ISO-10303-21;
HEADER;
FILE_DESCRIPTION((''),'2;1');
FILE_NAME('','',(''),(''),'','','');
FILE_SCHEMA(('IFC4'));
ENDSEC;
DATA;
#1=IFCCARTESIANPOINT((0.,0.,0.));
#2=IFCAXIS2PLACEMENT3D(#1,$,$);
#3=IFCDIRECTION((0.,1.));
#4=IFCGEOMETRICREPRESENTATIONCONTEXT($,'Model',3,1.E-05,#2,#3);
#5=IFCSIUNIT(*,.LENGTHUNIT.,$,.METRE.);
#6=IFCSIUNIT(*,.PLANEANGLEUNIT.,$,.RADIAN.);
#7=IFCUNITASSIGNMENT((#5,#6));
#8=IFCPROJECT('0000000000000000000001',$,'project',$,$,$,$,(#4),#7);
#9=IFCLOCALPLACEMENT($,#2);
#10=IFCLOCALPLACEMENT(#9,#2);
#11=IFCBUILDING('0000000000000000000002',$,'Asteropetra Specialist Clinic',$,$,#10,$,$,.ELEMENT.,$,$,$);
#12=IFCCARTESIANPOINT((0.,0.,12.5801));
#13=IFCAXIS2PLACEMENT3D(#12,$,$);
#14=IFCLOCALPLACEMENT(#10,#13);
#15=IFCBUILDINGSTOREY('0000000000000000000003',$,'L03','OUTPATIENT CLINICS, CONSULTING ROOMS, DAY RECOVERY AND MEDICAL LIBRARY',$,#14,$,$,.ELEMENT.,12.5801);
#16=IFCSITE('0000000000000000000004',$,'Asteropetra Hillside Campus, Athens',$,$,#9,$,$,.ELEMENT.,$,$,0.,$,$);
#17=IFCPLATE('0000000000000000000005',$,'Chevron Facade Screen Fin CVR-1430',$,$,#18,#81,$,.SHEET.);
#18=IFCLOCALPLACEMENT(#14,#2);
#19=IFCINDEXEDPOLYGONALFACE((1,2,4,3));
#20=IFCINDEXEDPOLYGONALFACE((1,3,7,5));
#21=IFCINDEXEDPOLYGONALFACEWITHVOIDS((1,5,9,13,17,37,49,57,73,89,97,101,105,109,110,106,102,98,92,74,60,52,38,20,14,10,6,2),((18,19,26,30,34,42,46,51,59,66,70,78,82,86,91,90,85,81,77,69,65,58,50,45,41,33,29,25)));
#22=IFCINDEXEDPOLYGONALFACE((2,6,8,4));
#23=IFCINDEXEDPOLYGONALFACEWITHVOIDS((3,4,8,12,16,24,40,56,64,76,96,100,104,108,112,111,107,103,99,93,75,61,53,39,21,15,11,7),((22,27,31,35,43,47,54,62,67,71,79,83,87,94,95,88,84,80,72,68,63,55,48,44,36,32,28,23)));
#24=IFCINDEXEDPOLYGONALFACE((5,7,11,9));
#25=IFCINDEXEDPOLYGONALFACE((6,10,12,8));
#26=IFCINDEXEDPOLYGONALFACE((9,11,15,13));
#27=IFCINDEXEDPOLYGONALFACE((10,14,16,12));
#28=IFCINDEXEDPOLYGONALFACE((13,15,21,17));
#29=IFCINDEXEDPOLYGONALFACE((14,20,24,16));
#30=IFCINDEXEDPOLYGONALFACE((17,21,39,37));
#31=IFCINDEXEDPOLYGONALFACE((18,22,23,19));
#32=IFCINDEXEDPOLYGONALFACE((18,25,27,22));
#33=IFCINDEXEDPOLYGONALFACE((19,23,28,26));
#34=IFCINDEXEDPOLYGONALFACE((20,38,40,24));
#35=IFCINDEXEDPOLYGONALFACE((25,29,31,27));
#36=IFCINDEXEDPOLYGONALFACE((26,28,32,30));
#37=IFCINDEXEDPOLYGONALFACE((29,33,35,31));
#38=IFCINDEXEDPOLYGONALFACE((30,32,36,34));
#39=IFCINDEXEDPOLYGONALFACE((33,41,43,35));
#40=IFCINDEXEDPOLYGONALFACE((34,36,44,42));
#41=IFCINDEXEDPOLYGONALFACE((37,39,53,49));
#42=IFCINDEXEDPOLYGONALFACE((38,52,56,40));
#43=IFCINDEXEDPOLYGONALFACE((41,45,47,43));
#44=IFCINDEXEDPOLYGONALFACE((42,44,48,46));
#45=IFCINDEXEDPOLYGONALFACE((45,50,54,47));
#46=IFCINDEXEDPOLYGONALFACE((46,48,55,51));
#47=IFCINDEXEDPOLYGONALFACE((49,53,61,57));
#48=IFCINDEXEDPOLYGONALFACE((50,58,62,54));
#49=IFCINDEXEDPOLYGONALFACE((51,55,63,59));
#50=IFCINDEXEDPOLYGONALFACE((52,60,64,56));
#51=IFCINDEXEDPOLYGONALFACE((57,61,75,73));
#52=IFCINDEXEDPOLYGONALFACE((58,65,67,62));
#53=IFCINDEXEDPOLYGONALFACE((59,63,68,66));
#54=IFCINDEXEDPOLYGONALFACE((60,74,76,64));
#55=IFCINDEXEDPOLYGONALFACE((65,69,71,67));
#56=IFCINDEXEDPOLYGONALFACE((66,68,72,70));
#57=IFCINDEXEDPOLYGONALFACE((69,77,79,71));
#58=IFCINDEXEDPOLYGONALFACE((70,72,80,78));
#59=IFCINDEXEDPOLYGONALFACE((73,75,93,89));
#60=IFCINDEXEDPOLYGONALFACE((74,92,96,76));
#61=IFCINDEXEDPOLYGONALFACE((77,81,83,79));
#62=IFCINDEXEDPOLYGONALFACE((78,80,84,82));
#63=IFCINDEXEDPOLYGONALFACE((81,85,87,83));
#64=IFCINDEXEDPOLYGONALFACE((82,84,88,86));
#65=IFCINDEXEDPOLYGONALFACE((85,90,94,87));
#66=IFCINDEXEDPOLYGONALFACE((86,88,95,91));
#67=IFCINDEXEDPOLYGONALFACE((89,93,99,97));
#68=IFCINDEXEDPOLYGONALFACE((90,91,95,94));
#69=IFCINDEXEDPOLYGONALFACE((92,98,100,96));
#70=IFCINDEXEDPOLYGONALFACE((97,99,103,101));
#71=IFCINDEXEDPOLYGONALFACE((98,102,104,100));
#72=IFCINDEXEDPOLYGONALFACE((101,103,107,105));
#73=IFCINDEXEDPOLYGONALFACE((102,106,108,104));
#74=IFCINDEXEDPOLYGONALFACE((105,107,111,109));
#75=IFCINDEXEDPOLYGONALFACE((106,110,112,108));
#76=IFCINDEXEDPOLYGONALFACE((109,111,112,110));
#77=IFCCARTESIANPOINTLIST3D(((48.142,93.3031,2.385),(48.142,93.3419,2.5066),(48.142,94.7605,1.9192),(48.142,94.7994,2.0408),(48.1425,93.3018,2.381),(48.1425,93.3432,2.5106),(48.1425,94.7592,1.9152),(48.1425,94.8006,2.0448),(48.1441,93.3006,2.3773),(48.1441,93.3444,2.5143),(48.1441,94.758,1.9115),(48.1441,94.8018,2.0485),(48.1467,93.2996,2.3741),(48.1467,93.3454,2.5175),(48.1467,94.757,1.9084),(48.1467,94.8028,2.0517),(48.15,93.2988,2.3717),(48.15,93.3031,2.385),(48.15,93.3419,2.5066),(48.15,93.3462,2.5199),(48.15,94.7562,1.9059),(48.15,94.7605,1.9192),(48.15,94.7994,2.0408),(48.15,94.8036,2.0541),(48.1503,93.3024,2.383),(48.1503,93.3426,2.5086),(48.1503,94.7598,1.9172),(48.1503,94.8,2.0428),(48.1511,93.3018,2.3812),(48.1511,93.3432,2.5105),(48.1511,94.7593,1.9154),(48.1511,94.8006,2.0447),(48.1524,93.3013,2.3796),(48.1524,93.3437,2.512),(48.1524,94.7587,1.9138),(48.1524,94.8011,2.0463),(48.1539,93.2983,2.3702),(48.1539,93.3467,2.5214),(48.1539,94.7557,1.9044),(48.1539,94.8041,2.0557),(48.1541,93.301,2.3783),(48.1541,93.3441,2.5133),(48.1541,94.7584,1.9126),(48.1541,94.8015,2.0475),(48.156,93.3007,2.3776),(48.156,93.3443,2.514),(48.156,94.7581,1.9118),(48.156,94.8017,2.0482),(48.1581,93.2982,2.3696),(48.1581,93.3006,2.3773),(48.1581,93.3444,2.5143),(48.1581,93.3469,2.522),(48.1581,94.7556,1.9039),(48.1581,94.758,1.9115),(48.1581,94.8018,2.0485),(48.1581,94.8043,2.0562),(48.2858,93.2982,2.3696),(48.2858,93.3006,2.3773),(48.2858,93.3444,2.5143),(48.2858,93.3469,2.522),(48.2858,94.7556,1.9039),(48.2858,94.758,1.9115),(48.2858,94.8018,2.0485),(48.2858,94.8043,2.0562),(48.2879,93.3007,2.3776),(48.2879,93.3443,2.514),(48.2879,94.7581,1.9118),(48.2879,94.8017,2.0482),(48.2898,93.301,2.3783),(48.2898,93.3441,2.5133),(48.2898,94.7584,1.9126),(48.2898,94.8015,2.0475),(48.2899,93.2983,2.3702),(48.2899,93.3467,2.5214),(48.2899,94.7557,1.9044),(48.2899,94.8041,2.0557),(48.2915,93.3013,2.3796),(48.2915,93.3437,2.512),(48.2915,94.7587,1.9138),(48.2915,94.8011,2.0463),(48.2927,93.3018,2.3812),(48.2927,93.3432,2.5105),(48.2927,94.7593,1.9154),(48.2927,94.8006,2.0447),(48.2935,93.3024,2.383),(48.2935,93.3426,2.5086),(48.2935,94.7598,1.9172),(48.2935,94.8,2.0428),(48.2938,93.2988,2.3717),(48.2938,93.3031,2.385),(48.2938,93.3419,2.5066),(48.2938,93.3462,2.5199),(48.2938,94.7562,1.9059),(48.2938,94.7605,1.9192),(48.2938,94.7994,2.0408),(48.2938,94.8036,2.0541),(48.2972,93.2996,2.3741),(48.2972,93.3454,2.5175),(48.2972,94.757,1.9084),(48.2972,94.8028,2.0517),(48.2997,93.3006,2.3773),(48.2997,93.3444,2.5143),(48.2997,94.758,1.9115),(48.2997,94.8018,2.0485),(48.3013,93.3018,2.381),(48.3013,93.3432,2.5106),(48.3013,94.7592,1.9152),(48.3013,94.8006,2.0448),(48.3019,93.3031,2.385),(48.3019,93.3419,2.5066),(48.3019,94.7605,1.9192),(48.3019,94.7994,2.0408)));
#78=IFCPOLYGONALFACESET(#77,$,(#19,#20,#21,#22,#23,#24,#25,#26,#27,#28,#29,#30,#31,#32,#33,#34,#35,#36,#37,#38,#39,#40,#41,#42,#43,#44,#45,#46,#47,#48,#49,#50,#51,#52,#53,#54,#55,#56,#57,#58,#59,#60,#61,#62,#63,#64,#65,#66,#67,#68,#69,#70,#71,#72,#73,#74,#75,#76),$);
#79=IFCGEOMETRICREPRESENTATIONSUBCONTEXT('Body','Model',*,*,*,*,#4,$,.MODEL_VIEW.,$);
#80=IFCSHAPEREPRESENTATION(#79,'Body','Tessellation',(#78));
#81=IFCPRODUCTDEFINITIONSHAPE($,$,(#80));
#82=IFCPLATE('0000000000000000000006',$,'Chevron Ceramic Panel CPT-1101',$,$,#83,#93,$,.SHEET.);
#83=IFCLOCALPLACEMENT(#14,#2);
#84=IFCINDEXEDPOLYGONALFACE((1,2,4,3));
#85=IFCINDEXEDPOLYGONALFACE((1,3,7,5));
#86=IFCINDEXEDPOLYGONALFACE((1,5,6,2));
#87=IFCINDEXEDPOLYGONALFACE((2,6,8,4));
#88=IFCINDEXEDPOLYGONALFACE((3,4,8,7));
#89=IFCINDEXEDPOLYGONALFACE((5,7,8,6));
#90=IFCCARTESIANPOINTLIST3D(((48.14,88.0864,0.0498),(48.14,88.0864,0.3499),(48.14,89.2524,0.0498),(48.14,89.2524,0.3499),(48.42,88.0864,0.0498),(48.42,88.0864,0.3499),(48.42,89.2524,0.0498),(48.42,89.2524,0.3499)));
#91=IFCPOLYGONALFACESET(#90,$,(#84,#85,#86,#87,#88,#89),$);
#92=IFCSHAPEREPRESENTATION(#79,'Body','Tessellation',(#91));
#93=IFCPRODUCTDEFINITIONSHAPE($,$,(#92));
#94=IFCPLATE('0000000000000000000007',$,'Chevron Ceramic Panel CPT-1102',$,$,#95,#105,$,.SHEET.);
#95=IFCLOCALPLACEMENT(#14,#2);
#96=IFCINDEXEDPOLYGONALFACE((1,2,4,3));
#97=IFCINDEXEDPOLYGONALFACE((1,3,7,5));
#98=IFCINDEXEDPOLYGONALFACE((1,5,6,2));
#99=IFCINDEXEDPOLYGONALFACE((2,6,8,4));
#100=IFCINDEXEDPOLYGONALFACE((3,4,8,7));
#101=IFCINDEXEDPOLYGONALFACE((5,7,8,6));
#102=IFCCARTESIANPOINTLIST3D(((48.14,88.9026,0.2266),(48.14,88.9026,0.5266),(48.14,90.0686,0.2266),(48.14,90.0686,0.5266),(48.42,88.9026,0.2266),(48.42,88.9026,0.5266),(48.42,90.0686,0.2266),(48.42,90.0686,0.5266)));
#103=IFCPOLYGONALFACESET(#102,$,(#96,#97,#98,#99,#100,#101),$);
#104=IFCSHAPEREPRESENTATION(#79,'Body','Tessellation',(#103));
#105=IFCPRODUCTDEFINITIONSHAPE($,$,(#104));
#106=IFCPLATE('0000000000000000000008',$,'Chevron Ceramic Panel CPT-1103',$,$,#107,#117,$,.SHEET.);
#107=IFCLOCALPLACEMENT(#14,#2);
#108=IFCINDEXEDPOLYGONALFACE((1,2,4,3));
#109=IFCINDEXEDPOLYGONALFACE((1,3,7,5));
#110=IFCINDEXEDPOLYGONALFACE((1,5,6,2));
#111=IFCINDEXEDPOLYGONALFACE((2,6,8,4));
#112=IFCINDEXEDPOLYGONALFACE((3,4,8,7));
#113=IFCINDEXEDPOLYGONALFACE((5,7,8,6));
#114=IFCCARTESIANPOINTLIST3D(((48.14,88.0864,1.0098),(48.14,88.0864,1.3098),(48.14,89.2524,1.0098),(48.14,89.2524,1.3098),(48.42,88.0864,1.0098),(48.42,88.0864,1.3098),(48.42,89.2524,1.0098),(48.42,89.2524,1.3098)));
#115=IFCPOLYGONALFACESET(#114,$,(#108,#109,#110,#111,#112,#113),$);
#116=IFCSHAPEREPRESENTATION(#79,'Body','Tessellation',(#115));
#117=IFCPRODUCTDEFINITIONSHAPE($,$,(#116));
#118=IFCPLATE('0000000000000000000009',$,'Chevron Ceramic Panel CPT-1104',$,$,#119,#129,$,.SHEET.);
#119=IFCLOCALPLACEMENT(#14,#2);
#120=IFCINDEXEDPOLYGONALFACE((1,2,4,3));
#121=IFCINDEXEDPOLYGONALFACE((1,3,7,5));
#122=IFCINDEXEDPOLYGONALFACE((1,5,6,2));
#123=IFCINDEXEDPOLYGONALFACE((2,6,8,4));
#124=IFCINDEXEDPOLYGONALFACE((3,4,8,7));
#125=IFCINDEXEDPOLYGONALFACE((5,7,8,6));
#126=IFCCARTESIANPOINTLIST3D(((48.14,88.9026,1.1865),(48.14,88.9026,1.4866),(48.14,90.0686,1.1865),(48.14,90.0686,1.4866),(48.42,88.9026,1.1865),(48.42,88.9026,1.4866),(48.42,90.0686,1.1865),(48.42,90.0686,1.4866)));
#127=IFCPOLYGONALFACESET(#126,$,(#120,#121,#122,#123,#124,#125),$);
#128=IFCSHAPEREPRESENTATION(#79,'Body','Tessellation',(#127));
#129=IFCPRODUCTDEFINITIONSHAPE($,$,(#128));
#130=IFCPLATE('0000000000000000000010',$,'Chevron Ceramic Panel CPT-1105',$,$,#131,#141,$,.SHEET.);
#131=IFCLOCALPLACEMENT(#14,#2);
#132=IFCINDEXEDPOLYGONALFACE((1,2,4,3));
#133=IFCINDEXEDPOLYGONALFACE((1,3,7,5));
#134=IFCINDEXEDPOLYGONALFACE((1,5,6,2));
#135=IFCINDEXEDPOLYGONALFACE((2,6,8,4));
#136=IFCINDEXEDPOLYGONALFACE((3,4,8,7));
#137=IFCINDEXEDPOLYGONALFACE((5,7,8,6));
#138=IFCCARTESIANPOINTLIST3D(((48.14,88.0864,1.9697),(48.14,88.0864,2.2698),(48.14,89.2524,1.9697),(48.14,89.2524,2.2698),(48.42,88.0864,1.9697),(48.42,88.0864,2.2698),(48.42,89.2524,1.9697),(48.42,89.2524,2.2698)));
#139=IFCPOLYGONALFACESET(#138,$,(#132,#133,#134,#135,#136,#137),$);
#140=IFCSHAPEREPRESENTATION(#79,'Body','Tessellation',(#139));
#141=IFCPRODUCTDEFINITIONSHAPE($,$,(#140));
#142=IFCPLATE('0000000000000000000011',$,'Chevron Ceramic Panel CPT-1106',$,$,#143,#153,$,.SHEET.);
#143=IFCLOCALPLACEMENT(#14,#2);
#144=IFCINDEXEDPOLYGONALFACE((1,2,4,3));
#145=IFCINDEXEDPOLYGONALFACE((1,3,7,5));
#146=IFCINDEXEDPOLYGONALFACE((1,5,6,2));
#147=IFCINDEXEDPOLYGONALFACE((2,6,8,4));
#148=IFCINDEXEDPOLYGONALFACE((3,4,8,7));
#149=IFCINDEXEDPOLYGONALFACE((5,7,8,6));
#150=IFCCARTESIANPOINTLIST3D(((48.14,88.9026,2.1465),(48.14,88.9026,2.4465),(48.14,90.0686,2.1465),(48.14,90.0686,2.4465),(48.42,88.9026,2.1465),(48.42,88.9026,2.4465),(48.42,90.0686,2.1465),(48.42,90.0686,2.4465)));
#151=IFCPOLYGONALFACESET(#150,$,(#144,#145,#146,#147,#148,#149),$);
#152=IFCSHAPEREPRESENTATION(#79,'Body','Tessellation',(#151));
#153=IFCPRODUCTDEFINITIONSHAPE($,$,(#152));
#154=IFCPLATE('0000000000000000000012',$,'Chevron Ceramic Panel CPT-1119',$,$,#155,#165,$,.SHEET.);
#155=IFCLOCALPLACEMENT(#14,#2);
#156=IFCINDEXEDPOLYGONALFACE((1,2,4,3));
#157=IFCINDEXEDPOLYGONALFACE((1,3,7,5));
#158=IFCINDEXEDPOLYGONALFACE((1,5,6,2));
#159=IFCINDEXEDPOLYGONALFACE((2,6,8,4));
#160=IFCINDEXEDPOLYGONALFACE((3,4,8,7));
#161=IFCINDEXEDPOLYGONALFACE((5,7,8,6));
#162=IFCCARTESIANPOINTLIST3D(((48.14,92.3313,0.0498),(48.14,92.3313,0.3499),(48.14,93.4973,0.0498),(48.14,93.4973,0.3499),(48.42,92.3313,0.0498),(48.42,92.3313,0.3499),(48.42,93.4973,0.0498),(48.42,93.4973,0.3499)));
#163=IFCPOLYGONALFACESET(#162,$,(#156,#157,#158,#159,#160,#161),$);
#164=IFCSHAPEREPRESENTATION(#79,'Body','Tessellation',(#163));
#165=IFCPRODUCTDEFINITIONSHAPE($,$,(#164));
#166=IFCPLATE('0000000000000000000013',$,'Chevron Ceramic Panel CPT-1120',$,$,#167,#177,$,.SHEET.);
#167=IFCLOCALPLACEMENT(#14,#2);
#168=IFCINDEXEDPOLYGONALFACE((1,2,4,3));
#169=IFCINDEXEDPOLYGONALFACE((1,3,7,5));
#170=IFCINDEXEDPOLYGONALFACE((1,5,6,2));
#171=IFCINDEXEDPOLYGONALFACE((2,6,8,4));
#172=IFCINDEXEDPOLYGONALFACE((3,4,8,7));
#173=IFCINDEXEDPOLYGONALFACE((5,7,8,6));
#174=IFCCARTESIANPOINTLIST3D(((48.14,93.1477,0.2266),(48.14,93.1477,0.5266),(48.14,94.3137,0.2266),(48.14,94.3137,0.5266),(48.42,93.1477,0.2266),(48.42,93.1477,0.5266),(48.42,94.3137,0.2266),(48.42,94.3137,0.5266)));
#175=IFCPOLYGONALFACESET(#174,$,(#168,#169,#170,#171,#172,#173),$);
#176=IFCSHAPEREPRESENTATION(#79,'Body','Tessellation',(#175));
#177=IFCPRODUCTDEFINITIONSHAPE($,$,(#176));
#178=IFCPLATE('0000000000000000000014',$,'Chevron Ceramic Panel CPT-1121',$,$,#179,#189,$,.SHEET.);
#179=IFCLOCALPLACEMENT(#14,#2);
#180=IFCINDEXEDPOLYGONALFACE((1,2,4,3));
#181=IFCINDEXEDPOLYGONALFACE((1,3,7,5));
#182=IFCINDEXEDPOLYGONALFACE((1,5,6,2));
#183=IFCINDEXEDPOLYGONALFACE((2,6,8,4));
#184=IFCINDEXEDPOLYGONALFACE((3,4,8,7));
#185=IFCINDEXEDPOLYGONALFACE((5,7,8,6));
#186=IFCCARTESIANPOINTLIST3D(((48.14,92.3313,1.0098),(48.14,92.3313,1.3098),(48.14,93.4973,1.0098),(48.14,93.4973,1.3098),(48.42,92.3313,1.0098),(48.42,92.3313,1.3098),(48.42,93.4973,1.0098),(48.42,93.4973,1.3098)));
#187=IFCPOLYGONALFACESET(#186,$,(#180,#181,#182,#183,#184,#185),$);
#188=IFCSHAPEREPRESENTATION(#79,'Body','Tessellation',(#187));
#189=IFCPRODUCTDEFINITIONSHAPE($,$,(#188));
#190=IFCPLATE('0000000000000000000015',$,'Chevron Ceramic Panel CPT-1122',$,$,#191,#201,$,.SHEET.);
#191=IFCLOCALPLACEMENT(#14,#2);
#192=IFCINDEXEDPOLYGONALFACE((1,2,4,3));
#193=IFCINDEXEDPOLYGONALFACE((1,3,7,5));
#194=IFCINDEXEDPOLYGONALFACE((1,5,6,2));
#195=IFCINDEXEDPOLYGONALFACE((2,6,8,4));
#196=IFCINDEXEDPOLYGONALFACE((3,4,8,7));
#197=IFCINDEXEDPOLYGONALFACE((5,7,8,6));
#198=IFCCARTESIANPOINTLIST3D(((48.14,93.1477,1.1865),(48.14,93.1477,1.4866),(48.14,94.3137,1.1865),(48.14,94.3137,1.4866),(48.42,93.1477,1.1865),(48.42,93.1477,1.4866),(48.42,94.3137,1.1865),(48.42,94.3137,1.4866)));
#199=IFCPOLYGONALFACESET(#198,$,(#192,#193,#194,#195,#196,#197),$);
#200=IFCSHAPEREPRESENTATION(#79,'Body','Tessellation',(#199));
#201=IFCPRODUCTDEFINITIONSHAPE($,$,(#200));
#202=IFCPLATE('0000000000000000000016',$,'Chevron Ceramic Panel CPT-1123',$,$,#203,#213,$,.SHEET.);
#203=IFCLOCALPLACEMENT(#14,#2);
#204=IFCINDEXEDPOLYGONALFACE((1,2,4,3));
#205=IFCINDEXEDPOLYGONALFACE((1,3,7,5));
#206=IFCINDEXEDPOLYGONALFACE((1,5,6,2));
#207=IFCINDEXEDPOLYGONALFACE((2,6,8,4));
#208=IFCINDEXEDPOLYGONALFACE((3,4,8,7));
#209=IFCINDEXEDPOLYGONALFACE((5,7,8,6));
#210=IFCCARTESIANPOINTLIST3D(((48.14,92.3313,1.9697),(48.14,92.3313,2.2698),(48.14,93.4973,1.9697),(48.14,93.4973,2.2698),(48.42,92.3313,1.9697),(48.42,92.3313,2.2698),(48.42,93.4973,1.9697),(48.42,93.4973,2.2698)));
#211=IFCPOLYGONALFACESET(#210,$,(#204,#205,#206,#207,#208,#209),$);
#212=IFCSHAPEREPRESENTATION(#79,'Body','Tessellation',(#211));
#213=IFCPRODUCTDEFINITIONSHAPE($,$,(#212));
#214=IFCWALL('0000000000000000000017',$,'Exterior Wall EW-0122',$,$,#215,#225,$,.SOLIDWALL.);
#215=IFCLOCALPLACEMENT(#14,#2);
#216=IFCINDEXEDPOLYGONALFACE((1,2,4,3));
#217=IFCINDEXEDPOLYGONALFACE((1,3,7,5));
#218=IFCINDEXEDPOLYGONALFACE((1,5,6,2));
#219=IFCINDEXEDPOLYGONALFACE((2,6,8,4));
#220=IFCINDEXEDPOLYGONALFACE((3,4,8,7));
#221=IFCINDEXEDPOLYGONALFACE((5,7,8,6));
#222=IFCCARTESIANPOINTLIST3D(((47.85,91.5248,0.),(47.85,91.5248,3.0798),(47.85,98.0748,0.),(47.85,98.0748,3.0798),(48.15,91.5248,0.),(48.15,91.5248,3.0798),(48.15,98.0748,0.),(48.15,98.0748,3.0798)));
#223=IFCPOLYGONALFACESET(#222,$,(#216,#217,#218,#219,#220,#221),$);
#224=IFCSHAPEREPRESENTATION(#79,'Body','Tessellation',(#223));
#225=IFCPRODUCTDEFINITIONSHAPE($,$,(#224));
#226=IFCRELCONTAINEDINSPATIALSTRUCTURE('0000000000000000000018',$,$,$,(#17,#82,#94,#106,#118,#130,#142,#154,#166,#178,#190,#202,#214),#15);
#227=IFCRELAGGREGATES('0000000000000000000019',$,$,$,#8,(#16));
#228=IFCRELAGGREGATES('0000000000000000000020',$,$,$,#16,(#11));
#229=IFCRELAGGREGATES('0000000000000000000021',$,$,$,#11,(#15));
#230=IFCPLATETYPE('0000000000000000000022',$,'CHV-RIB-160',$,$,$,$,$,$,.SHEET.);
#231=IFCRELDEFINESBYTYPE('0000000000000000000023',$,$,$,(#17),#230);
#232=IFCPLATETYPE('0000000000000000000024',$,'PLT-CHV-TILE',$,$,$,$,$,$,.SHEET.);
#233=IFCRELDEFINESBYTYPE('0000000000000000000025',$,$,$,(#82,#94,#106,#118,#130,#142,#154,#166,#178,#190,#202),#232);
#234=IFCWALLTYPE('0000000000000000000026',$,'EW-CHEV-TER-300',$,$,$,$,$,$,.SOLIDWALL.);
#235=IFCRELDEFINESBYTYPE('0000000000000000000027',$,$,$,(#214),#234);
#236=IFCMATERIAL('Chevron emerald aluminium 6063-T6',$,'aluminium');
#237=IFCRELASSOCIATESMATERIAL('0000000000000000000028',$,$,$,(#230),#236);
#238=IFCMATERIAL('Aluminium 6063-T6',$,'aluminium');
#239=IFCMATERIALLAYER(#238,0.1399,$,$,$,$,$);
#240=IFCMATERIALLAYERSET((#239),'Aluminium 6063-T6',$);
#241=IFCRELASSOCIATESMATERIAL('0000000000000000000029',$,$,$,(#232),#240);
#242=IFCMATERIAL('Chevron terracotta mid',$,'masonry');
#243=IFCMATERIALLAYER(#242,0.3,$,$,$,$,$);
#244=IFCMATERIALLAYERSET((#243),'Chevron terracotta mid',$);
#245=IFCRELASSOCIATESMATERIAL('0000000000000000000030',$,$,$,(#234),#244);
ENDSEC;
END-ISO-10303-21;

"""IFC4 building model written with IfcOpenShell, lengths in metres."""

from ifc_helpers import new_model, si_unit, direction, frame, frame_2d, origin, origin_2d, place, context, subcontext, project, spatial, rectangle, hollow_rectangle, extrude, material, layer, layer_set, material_profile, profile_set, type_object, element, save


model = new_model("IFC4")

# Units and contexts
model_context = context("Model", 3, precision=1e-05, world=origin(), true_north=direction((0.0, 1.0)))
body_context = subcontext(model_context, "Body", "Model", "MODEL_VIEW")
ifc_project = project(units=[si_unit("LENGTHUNIT", "METRE"), si_unit("PLANEANGLEUNIT", "RADIAN")], contexts=[model_context])

# Site, building, storey
site_placement = place(None, origin())
site = spatial("IfcSite", under=ifc_project, at=site_placement, Name="Asteropetra Hillside Campus, Athens", CompositionType="ELEMENT", RefElevation=0.0)
building_placement = place(site_placement, origin())
building = spatial("IfcBuilding", under=site, at=building_placement, Name="Asteropetra Specialist Clinic", CompositionType="ELEMENT")
storey_placement = place(building_placement, frame((0.0, 0.0, 12.5801)))
storey = spatial("IfcBuildingStorey", under=building, at=storey_placement, Name="L03", Description="OUTPATIENT CLINICS, CONSULTING ROOMS, DAY RECOVERY AND MEDICAL LIBRARY", CompositionType="ELEMENT", Elevation=12.5801)

# Plates
ifc_material_1 = material(Name="Chevron emerald aluminium 6063-T6", Category="aluminium")
ifc_material_profile_1 = material_profile(ifc_material_1, hollow_rectangle(XDim=0.1599, YDim=0.1599, WallThickness=0.0081, InnerFilletRadius=0.0081, OuterFilletRadius=0.0161, at=origin_2d()), Name="SHS 160x160x8.0")
ifc_profile_set_1 = profile_set([ifc_material_profile_1], Name="Chevron emerald aluminium 6063-T6")
plate_type_1 = type_object("IfcPlateType", Name="CHV-RIB-160", PredefinedType="SHEET", material=ifc_profile_set_1)
for number, where, z_axis, x_axis, name in (
    (1, (48.2219, 93.3225, 2.4458), (0.0, 0.952535, -0.304428), (-1.0, 0.0, 0.0), "Chevron Facade Screen Fin CVR-1430"),
):
    element("IfcPlate", number, at=place(storey_placement, frame(where, z_axis=z_axis, x_axis=x_axis)), inside=storey, type_object=plate_type_1, Name=name, PredefinedType="SHEET", context=body_context, shape_type="SweptSolid", body=[
        extrude(hollow_rectangle(XDim=0.1599, YDim=0.1599, WallThickness=0.0081, InnerFilletRadius=0.0081, OuterFilletRadius=0.0161, at=origin_2d()), origin(), (0.0, 0.0, 1.0), 1.53),
    ])
ifc_material_2 = material(Name="Aluminium 6063-T6", Category="aluminium")
ifc_layer_1 = layer(ifc_material_2, 0.1399)
ifc_layer_set_1 = layer_set([ifc_layer_1], Name="Aluminium 6063-T6")
plate_type_2 = type_object("IfcPlateType", Name="PLT-CHV-TILE", PredefinedType="SHEET", material=ifc_layer_set_1)
for number, where, z_axis, x_axis, name in (
    (2, (48.28, 88.6694, 0.0498), (0.0, 0.0, 1.0), (1.0, 0.0, 0.0), "Chevron Ceramic Panel CPT-1101"),
    (3, (48.28, 89.4856, 0.2266), (0.0, 0.0, 1.0), (1.0, 0.0, 0.0), "Chevron Ceramic Panel CPT-1102"),
    (4, (48.28, 88.6694, 1.0098), (0.0, 0.0, 1.0), (1.0, 0.0, 0.0), "Chevron Ceramic Panel CPT-1103"),
    (5, (48.28, 89.4856, 1.1865), (0.0, 0.0, 1.0), (1.0, 0.0, 0.0), "Chevron Ceramic Panel CPT-1104"),
    (6, (48.28, 88.6694, 1.9697), (0.0, 0.0, 1.0), (1.0, 0.0, 0.0), "Chevron Ceramic Panel CPT-1105"),
    (7, (48.28, 89.4856, 2.1465), (0.0, 0.0, 1.0), (1.0, 0.0, 0.0), "Chevron Ceramic Panel CPT-1106"),
    (8, (48.28, 92.9143, 0.0498), (0.0, 0.0, 1.0), (1.0, 0.0, 0.0), "Chevron Ceramic Panel CPT-1119"),
    (9, (48.28, 93.7307, 0.2266), (0.0, 0.0, 1.0), (1.0, 0.0, 0.0), "Chevron Ceramic Panel CPT-1120"),
    (10, (48.28, 92.9143, 1.0098), (0.0, 0.0, 1.0), (1.0, 0.0, 0.0), "Chevron Ceramic Panel CPT-1121"),
    (11, (48.28, 93.7307, 1.1865), (0.0, 0.0, 1.0), (1.0, 0.0, 0.0), "Chevron Ceramic Panel CPT-1122"),
    (12, (48.28, 92.9143, 1.9697), (0.0, 0.0, 1.0), (1.0, 0.0, 0.0), "Chevron Ceramic Panel CPT-1123"),
):
    element("IfcPlate", number, at=place(storey_placement, frame(where, z_axis=z_axis, x_axis=x_axis)), inside=storey, type_object=plate_type_2, Name=name, PredefinedType="SHEET", context=body_context, shape_type="SweptSolid", body=[
        extrude(rectangle(XDim=0.28, YDim=1.166, at=origin_2d()), origin(), (0.0, 0.0, 1.0), 0.3),
    ])

# Wall
ifc_material_3 = material(Name="Chevron terracotta mid", Category="masonry")
ifc_layer_2 = layer(ifc_material_3, 0.3)
ifc_layer_set_2 = layer_set([ifc_layer_2], Name="Chevron terracotta mid")
wall_type = type_object("IfcWallType", Name="EW-CHEV-TER-300", PredefinedType="SOLIDWALL", material=ifc_layer_set_2)
wall_placement = place(storey_placement, frame((48.0, 91.5249, 0.0), z_axis=(0.0, 0.0, 1.0), x_axis=(0.0, 1.0, 0.0)))
element("IfcWall", 13, at=wall_placement, inside=storey, type_object=wall_type, Name="Exterior Wall EW-0122", PredefinedType="SOLIDWALL", context=body_context, shape_type="SweptSolid", body=[
    extrude(rectangle(XDim=6.55, YDim=0.3, at=frame_2d((3.2749, 0.0))), origin(), (0.0, 0.0, 1.0), 3.0798),
])

save(model, "model.ifc")
